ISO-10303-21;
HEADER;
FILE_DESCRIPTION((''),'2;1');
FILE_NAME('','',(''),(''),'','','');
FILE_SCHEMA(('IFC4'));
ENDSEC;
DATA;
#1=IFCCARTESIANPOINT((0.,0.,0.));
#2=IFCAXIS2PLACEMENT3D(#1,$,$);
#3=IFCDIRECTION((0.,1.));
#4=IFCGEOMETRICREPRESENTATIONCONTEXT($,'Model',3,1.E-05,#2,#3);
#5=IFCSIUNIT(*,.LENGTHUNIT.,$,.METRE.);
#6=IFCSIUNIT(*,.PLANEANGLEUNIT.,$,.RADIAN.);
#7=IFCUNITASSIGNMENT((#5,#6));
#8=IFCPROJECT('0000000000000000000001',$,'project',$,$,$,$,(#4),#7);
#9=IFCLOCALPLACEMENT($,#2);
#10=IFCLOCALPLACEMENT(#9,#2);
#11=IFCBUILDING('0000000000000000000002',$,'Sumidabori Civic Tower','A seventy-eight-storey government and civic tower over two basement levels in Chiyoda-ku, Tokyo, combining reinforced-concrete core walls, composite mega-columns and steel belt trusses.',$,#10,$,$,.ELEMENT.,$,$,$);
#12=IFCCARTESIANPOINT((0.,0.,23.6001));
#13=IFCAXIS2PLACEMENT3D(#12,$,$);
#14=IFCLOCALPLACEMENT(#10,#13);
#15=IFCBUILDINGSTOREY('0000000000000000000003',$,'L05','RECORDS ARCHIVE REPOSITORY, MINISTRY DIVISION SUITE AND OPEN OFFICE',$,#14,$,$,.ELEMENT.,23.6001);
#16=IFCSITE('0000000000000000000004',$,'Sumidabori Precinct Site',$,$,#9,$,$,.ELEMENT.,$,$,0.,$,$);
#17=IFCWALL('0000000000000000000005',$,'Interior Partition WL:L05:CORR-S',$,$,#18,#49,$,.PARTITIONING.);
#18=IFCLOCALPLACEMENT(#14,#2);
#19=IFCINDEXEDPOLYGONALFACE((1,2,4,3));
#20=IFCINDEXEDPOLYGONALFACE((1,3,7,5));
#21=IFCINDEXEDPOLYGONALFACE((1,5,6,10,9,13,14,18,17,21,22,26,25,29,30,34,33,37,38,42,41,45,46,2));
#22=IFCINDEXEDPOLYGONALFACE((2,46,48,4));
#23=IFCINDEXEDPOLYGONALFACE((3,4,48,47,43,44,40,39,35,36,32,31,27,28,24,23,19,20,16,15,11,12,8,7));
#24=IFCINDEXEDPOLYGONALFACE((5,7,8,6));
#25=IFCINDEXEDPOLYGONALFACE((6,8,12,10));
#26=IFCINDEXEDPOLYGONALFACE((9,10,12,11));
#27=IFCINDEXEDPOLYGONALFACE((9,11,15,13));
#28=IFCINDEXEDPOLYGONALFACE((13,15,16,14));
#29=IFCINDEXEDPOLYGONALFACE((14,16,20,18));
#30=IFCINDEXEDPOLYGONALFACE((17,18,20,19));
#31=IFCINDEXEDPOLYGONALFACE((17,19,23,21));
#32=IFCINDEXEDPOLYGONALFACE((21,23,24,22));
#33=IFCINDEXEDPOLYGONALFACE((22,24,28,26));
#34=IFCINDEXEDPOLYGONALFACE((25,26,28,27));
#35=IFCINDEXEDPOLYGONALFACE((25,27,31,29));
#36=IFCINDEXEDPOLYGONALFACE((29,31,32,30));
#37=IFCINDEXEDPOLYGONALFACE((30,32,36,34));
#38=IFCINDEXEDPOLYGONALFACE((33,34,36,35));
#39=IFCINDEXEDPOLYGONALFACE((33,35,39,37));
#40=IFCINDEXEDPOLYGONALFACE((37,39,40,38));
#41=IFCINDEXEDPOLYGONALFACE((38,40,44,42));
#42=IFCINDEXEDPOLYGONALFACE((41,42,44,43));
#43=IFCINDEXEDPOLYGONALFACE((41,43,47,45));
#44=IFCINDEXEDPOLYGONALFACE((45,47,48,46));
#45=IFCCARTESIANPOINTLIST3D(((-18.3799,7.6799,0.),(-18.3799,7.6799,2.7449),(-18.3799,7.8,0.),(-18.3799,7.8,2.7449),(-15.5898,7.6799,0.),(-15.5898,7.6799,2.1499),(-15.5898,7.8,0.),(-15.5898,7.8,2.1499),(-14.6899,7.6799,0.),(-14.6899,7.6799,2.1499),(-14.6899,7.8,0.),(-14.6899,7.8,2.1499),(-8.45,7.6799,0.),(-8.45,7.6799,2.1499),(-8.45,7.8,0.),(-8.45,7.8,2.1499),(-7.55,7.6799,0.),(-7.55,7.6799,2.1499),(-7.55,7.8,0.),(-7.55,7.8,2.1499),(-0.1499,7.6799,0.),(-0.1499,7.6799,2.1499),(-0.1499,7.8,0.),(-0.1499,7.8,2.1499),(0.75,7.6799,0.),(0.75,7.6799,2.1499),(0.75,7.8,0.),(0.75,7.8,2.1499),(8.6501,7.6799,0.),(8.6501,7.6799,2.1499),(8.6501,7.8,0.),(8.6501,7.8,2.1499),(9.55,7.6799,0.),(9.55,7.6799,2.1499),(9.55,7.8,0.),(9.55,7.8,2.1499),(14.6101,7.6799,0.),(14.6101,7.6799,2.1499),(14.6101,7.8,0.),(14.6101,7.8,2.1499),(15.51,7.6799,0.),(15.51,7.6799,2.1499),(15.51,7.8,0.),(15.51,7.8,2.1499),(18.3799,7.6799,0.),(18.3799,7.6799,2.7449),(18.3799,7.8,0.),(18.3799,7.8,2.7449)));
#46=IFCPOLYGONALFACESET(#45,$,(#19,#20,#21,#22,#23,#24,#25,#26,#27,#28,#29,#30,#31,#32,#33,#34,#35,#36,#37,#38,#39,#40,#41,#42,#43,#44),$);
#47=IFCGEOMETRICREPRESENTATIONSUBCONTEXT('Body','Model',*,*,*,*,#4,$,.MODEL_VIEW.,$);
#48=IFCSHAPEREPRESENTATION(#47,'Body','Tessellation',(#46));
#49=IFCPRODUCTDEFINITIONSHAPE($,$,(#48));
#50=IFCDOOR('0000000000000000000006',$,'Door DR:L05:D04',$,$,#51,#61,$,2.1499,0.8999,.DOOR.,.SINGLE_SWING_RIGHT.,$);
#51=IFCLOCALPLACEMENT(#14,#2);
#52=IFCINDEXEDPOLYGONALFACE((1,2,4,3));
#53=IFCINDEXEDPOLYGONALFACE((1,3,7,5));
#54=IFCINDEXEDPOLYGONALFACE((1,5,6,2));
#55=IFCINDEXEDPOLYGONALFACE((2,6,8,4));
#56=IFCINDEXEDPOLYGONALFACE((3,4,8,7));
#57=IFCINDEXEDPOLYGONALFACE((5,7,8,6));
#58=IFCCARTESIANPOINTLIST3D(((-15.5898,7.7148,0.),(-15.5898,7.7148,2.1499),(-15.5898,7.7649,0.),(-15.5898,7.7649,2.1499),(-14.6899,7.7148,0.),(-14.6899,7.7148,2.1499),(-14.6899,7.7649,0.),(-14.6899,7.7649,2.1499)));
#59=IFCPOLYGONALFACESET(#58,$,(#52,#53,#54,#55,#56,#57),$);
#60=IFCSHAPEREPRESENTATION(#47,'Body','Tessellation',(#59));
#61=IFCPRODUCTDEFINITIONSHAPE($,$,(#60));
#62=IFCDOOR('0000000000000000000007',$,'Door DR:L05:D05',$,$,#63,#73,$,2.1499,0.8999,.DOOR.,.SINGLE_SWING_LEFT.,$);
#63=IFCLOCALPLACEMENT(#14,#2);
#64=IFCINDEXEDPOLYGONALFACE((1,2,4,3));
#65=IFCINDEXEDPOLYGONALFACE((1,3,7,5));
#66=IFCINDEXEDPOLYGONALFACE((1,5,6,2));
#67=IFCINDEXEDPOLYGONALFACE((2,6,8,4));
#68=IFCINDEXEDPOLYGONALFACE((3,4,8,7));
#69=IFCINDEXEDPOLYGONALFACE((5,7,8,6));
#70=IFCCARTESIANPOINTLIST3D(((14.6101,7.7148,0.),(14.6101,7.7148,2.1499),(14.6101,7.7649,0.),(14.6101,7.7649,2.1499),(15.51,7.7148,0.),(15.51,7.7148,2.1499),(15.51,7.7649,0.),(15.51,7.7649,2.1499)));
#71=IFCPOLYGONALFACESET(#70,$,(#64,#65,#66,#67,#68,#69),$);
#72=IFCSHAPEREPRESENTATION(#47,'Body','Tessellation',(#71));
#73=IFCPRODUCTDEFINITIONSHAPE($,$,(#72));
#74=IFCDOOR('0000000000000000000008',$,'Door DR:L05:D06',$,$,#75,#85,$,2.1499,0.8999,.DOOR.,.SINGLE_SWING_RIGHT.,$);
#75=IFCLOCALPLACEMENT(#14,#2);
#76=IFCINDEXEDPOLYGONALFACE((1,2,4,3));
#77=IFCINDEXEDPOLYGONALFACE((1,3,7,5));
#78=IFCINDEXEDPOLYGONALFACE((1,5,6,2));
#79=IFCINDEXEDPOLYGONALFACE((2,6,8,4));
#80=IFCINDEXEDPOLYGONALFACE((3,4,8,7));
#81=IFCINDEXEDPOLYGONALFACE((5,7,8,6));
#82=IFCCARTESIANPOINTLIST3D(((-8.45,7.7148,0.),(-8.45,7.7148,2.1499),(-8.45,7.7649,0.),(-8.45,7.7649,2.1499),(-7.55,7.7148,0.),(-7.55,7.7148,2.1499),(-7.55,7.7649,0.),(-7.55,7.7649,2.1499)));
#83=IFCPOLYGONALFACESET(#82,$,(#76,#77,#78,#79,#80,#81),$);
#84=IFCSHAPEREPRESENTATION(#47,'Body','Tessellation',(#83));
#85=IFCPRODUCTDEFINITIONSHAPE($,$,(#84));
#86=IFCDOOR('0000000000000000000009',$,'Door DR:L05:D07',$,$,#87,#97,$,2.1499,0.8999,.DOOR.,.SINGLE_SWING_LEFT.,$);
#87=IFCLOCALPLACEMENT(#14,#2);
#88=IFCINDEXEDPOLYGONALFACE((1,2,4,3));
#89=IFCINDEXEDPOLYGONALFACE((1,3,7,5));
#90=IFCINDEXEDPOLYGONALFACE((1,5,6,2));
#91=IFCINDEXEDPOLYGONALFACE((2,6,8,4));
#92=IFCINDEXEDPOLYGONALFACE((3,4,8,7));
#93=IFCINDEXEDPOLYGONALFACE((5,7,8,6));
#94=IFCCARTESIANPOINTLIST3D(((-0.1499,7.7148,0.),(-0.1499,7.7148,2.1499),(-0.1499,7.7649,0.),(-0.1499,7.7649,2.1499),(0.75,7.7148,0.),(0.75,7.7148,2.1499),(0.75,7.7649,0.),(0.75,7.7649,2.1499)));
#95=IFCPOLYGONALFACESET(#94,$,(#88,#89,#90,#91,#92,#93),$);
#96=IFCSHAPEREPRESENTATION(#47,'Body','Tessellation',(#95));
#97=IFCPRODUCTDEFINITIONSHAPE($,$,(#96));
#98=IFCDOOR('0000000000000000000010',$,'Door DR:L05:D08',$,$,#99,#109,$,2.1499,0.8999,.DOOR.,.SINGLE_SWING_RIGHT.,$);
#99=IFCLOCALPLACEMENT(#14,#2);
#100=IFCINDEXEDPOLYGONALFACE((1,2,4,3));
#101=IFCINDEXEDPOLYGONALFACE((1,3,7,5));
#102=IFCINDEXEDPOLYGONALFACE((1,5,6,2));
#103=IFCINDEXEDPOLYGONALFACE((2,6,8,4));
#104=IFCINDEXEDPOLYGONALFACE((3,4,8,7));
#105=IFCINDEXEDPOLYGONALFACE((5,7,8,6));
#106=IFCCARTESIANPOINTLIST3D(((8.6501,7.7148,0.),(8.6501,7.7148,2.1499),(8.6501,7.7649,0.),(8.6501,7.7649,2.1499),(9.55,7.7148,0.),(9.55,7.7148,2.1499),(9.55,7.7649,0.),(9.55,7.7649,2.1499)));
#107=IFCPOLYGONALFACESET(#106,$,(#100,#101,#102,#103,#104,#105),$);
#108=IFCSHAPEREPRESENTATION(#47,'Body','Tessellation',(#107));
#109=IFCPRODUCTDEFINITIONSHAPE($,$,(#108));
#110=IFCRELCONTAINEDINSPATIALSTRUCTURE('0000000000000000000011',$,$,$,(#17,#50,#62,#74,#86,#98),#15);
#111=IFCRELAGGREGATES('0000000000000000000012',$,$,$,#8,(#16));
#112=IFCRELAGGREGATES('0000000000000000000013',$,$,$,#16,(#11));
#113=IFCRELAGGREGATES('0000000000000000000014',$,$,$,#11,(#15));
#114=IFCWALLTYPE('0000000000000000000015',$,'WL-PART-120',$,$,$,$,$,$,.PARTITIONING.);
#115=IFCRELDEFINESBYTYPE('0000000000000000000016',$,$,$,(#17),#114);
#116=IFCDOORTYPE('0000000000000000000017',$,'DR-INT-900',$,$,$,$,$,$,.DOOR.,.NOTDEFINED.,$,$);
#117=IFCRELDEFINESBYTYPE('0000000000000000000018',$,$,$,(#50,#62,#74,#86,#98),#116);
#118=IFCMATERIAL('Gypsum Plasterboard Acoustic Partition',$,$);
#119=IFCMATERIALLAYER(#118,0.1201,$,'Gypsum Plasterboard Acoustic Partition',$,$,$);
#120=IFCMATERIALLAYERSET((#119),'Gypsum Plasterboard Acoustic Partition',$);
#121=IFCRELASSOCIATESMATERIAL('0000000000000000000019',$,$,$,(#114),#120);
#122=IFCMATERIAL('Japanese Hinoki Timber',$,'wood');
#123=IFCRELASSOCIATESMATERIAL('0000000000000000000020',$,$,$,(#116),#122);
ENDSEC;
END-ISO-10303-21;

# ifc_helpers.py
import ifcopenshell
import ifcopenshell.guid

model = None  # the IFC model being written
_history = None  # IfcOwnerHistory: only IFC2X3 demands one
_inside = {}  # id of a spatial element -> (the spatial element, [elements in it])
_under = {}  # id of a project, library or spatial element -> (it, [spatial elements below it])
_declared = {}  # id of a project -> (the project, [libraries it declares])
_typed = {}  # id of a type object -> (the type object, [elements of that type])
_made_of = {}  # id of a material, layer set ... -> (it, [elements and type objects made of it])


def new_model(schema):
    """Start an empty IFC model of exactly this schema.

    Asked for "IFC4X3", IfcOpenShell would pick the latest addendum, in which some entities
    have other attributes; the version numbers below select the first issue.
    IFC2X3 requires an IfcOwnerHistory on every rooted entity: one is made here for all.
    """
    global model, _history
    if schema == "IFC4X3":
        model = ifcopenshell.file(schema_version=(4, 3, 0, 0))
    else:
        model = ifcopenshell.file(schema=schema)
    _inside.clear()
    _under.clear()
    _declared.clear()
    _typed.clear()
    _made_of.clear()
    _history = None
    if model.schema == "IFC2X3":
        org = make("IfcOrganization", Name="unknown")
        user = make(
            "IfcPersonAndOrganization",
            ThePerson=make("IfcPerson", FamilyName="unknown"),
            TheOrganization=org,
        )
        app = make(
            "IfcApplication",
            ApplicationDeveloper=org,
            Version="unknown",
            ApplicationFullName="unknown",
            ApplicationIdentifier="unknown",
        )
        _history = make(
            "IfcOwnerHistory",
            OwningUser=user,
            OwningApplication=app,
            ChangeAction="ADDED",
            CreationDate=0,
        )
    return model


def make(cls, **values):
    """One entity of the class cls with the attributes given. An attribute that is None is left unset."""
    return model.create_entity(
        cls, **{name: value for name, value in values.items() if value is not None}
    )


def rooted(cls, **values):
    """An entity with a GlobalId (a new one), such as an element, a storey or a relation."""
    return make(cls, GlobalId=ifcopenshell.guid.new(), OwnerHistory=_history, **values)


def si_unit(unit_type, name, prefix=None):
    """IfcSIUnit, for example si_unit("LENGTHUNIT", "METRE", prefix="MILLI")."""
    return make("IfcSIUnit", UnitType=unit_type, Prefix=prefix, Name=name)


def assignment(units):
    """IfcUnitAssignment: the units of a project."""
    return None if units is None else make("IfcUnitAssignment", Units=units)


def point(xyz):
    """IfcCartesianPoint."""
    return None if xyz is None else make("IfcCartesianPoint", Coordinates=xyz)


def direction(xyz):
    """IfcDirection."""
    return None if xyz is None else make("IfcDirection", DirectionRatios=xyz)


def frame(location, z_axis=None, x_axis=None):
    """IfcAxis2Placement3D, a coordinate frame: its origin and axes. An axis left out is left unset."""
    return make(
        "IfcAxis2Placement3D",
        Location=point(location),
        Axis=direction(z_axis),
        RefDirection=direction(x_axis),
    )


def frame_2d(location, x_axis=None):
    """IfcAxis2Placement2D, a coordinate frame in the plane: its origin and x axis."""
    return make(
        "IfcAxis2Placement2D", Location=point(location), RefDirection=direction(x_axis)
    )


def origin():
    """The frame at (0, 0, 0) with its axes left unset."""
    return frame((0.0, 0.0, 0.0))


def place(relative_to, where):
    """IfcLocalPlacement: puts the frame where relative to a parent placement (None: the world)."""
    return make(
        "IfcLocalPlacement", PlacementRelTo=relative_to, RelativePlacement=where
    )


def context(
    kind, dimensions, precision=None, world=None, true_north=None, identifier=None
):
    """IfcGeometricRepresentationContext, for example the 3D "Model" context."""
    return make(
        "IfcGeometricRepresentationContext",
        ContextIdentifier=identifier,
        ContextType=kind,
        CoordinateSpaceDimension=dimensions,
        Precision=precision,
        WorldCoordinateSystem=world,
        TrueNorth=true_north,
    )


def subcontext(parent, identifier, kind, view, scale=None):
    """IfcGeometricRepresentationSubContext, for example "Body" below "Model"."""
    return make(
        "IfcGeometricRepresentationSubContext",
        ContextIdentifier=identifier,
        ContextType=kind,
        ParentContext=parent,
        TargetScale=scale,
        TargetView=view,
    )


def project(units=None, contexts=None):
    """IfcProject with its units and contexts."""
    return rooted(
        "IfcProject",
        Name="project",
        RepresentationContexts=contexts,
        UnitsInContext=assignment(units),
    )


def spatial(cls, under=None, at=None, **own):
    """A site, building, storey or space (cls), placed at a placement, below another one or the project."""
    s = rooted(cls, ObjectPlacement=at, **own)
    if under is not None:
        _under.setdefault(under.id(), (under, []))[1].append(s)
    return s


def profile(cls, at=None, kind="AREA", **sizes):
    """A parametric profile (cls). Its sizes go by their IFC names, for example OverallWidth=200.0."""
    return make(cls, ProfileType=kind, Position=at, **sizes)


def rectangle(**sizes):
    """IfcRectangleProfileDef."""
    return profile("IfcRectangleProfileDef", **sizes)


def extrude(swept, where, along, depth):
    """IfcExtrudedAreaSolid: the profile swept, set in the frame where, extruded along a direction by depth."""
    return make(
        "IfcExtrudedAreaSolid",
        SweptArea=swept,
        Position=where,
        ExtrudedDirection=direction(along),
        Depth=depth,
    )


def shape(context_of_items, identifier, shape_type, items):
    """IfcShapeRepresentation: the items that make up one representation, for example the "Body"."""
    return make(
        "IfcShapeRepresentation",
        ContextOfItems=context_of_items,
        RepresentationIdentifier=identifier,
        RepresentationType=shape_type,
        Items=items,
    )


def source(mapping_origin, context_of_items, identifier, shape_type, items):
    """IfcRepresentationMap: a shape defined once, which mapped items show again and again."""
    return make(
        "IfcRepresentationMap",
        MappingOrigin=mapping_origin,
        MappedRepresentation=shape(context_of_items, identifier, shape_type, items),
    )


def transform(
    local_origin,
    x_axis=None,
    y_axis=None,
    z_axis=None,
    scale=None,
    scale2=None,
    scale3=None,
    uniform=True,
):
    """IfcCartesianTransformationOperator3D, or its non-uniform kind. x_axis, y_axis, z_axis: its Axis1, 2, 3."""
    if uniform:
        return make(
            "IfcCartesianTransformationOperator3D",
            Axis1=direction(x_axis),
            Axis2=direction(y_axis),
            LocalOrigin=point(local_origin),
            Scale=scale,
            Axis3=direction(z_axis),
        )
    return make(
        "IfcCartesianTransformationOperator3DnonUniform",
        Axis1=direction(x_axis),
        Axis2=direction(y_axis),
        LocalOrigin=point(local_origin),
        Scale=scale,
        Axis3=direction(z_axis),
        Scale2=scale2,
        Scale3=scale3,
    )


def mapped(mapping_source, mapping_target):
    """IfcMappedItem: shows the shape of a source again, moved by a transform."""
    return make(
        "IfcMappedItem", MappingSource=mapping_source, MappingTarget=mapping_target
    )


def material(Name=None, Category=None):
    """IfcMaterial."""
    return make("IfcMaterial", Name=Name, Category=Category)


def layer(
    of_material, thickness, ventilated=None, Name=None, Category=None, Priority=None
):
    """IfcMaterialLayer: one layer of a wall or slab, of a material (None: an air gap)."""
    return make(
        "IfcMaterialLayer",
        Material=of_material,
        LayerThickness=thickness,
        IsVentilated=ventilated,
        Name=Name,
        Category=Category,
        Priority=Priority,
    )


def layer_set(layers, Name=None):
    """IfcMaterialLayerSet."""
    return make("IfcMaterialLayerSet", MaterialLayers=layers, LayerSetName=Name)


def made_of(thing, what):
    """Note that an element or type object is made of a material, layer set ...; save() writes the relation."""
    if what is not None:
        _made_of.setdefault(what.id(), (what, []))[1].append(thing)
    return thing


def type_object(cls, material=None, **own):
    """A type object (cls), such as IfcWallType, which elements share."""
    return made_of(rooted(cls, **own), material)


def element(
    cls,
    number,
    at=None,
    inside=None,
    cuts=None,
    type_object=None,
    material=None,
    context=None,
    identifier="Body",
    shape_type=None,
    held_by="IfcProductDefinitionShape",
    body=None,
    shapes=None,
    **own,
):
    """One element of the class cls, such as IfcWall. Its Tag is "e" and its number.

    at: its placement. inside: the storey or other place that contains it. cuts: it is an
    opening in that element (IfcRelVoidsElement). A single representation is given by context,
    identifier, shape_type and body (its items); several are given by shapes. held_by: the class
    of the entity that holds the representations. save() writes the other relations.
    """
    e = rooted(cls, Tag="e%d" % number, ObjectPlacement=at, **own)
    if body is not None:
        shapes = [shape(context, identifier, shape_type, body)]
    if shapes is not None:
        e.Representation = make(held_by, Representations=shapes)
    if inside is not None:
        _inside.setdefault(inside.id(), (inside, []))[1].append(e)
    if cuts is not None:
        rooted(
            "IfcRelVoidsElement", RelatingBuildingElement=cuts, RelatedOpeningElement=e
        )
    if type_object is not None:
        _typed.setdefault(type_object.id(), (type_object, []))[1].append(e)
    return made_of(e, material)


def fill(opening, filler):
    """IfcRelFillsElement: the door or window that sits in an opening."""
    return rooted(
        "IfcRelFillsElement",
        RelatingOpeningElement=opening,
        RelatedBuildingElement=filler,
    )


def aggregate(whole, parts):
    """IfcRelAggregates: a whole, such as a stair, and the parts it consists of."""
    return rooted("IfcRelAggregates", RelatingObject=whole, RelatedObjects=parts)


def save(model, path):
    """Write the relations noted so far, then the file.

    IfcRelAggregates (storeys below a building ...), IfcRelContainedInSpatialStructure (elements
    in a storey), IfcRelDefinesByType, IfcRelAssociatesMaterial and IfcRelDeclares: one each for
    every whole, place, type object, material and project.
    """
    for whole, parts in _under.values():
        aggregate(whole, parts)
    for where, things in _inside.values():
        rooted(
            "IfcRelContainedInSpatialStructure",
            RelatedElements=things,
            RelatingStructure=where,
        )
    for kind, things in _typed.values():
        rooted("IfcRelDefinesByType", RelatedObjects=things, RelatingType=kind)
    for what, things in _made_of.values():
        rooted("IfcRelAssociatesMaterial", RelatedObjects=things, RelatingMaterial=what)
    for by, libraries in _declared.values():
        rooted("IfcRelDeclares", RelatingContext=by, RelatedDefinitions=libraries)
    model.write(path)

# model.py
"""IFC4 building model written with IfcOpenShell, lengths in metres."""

from ifc_helpers import new_model, si_unit, direction, frame, frame_2d, origin, place, context, subcontext, project, spatial, rectangle, extrude, source, transform, mapped, material, layer, layer_set, type_object, element, fill, save


model = new_model("IFC4")

# Units and contexts
model_context = context("Model", 3, precision=1e-05, world=origin(), true_north=direction((0.0, 1.0)))
body_context = subcontext(model_context, "Body", "Model", "MODEL_VIEW")
ifc_project = project(units=[si_unit("LENGTHUNIT", "METRE"), si_unit("PLANEANGLEUNIT", "RADIAN")], contexts=[model_context])

# Site, building, storey
site_placement = place(None, origin())
site = spatial("IfcSite", under=ifc_project, at=site_placement, Name="Sumidabori Precinct Site", CompositionType="ELEMENT", RefElevation=0.0)
building_placement = place(site_placement, origin())
building = spatial("IfcBuilding", under=site, at=building_placement, Name="Sumidabori Civic Tower", Description="A seventy-eight-storey government and civic tower over two basement levels in Chiyoda-ku, Tokyo, combining reinforced-concrete core walls, composite mega-columns and steel belt trusses.", CompositionType="ELEMENT")
storey_placement = place(building_placement, frame((0.0, 0.0, 23.6001)))
storey = spatial("IfcBuildingStorey", under=building, at=storey_placement, Name="L05", Description="RECORDS ARCHIVE REPOSITORY, MINISTRY DIVISION SUITE AND OPEN OFFICE", CompositionType="ELEMENT", Elevation=23.6001)

# Shared definitions
ifc_material_1 = material(Name="Gypsum Plasterboard Acoustic Partition")
ifc_layer_1 = layer(ifc_material_1, 0.1201, Name="Gypsum Plasterboard Acoustic Partition")
ifc_layer_set_1 = layer_set([ifc_layer_1], Name="Gypsum Plasterboard Acoustic Partition")
wall_type_1 = type_object("IfcWallType", Name="WL-PART-120", PredefinedType="PARTITIONING", material=ifc_layer_set_1)

# Shared definitions
ifc_material_2 = material(Name="Japanese Hinoki Timber", Category="wood")
door_type_1 = type_object("IfcDoorType", Name="DR-INT-900", OperationType="NOTDEFINED", PredefinedType="DOOR", material=ifc_material_2)
shared_shape_1 = source(origin(), body_context, "Body", "SweptSolid", [
    extrude(rectangle(XDim=0.8999, YDim=2.1499, at=frame_2d((0.45, 1.075))), frame((0.0, 0.0249, 0.0), z_axis=(0.0, -1.0, 0.0), x_axis=(1.0, 0.0, 0.0)), (0.0, 0.0, 1.0), 0.05),
])

# Wall, openings, doors
shared_shape_2 = source(origin(), body_context, "Body", "SweptSolid", [
    extrude(rectangle(XDim=36.7598, YDim=0.1201, at=frame_2d((18.3799, 0.0))), origin(), (0.0, 0.0, 1.0), 2.7449),
])
wall_1_placement = place(storey_placement, frame((-18.3799, 7.74, 0.0), z_axis=(0.0, 0.0, 1.0), x_axis=(1.0, 0.0, 0.0)))
wall_1 = element("IfcWall", 1, at=wall_1_placement, inside=storey, type_object=wall_type_1, Name="Interior Partition WL:L05:CORR-S", PredefinedType="PARTITIONING", context=body_context, shape_type="MappedRepresentation", body=[
    mapped(shared_shape_2, transform((0.0, 0.0, 0.0), x_axis=(1.0, 0.0, 0.0), y_axis=(0.0, 1.0, 0.0), z_axis=(0.0, 0.0, 1.0), scale=1.0)),
])
opening_1_placement = place(wall_1_placement, frame((2.79, 0.0, 0.0)))
opening_1 = element("IfcOpeningElement", 2, at=opening_1_placement, cuts=wall_1, PredefinedType="OPENING", context=body_context, shape_type="SweptSolid", body=[
    extrude(rectangle(XDim=0.8999, YDim=2.1499, at=frame_2d((0.45, 1.075))), frame((0.0, 0.072, 0.0), z_axis=(0.0, -1.0, 0.0), x_axis=(1.0, 0.0, 0.0)), (0.0, 0.0, 1.0), 0.144),
])
opening_2_placement = place(wall_1_placement, frame((32.99, 0.0, 0.0)))
opening_2 = element("IfcOpeningElement", 3, at=opening_2_placement, cuts=wall_1, PredefinedType="OPENING", context=body_context, shape_type="SweptSolid", body=[
    extrude(rectangle(XDim=0.8999, YDim=2.1499, at=frame_2d((0.45, 1.075))), frame((0.0, 0.072, 0.0), z_axis=(0.0, -1.0, 0.0), x_axis=(1.0, 0.0, 0.0)), (0.0, 0.0, 1.0), 0.144),
])
opening_3_placement = place(wall_1_placement, frame((9.9299, 0.0, 0.0)))
opening_3 = element("IfcOpeningElement", 4, at=opening_3_placement, cuts=wall_1, PredefinedType="OPENING", context=body_context, shape_type="SweptSolid", body=[
    extrude(rectangle(XDim=0.8999, YDim=2.1499, at=frame_2d((0.45, 1.075))), frame((0.0, 0.072, 0.0), z_axis=(0.0, -1.0, 0.0), x_axis=(1.0, 0.0, 0.0)), (0.0, 0.0, 1.0), 0.144),
])
opening_4_placement = place(wall_1_placement, frame((18.23, 0.0, 0.0)))
opening_4 = element("IfcOpeningElement", 5, at=opening_4_placement, cuts=wall_1, PredefinedType="OPENING", context=body_context, shape_type="SweptSolid", body=[
    extrude(rectangle(XDim=0.8999, YDim=2.1499, at=frame_2d((0.45, 1.075))), frame((0.0, 0.072, 0.0), z_axis=(0.0, -1.0, 0.0), x_axis=(1.0, 0.0, 0.0)), (0.0, 0.0, 1.0), 0.144),
])
opening_5_placement = place(wall_1_placement, frame((27.03, 0.0, 0.0)))
opening_5 = element("IfcOpeningElement", 6, at=opening_5_placement, cuts=wall_1, PredefinedType="OPENING", context=body_context, shape_type="SweptSolid", body=[
    extrude(rectangle(XDim=0.8999, YDim=2.1499, at=frame_2d((0.45, 1.075))), frame((0.0, 0.072, 0.0), z_axis=(0.0, -1.0, 0.0), x_axis=(1.0, 0.0, 0.0)), (0.0, 0.0, 1.0), 0.144),
])
door_1_placement = place(opening_1_placement, origin())
door_1 = element("IfcDoor", 7, at=door_1_placement, inside=storey, type_object=door_type_1, Name="Door DR:L05:D04", OperationType="SINGLE_SWING_RIGHT", OverallHeight=2.1499, OverallWidth=0.8999, PredefinedType="DOOR", context=body_context, shape_type="MappedRepresentation", body=[
    mapped(shared_shape_1, transform((0.0, 0.0, 0.0), x_axis=(1.0, 0.0, 0.0), y_axis=(0.0, 1.0, 0.0), z_axis=(0.0, 0.0, 1.0), scale=1.0)),
])
fill(opening_1, door_1)
door_2_placement = place(opening_2_placement, origin())
door_2 = element("IfcDoor", 8, at=door_2_placement, inside=storey, type_object=door_type_1, Name="Door DR:L05:D05", OperationType="SINGLE_SWING_LEFT", OverallHeight=2.1499, OverallWidth=0.8999, PredefinedType="DOOR", context=body_context, shape_type="MappedRepresentation", body=[
    mapped(shared_shape_1, transform((0.0, 0.0, 0.0), x_axis=(1.0, 0.0, 0.0), y_axis=(0.0, 1.0, 0.0), z_axis=(0.0, 0.0, 1.0), scale=1.0)),
])
fill(opening_2, door_2)
door_3_placement = place(opening_3_placement, origin())
door_3 = element("IfcDoor", 9, at=door_3_placement, inside=storey, type_object=door_type_1, Name="Door DR:L05:D06", OperationType="SINGLE_SWING_RIGHT", OverallHeight=2.1499, OverallWidth=0.8999, PredefinedType="DOOR", context=body_context, shape_type="MappedRepresentation", body=[
    mapped(shared_shape_1, transform((0.0, 0.0, 0.0), x_axis=(1.0, 0.0, 0.0), y_axis=(0.0, 1.0, 0.0), z_axis=(0.0, 0.0, 1.0), scale=1.0)),
])
fill(opening_3, door_3)
door_4_placement = place(opening_4_placement, origin())
door_4 = element("IfcDoor", 10, at=door_4_placement, inside=storey, type_object=door_type_1, Name="Door DR:L05:D07", OperationType="SINGLE_SWING_LEFT", OverallHeight=2.1499, OverallWidth=0.8999, PredefinedType="DOOR", context=body_context, shape_type="MappedRepresentation", body=[
    mapped(shared_shape_1, transform((0.0, 0.0, 0.0), x_axis=(1.0, 0.0, 0.0), y_axis=(0.0, 1.0, 0.0), z_axis=(0.0, 0.0, 1.0), scale=1.0)),
])
fill(opening_4, door_4)
door_5_placement = place(opening_5_placement, origin())
door_5 = element("IfcDoor", 11, at=door_5_placement, inside=storey, type_object=door_type_1, Name="Door DR:L05:D08", OperationType="SINGLE_SWING_RIGHT", OverallHeight=2.1499, OverallWidth=0.8999, PredefinedType="DOOR", context=body_context, shape_type="MappedRepresentation", body=[
    mapped(shared_shape_1, transform((0.0, 0.0, 0.0), x_axis=(1.0, 0.0, 0.0), y_axis=(0.0, 1.0, 0.0), z_axis=(0.0, 0.0, 1.0), scale=1.0)),
])
fill(opening_5, door_5)

save(model, "model.ifc")
